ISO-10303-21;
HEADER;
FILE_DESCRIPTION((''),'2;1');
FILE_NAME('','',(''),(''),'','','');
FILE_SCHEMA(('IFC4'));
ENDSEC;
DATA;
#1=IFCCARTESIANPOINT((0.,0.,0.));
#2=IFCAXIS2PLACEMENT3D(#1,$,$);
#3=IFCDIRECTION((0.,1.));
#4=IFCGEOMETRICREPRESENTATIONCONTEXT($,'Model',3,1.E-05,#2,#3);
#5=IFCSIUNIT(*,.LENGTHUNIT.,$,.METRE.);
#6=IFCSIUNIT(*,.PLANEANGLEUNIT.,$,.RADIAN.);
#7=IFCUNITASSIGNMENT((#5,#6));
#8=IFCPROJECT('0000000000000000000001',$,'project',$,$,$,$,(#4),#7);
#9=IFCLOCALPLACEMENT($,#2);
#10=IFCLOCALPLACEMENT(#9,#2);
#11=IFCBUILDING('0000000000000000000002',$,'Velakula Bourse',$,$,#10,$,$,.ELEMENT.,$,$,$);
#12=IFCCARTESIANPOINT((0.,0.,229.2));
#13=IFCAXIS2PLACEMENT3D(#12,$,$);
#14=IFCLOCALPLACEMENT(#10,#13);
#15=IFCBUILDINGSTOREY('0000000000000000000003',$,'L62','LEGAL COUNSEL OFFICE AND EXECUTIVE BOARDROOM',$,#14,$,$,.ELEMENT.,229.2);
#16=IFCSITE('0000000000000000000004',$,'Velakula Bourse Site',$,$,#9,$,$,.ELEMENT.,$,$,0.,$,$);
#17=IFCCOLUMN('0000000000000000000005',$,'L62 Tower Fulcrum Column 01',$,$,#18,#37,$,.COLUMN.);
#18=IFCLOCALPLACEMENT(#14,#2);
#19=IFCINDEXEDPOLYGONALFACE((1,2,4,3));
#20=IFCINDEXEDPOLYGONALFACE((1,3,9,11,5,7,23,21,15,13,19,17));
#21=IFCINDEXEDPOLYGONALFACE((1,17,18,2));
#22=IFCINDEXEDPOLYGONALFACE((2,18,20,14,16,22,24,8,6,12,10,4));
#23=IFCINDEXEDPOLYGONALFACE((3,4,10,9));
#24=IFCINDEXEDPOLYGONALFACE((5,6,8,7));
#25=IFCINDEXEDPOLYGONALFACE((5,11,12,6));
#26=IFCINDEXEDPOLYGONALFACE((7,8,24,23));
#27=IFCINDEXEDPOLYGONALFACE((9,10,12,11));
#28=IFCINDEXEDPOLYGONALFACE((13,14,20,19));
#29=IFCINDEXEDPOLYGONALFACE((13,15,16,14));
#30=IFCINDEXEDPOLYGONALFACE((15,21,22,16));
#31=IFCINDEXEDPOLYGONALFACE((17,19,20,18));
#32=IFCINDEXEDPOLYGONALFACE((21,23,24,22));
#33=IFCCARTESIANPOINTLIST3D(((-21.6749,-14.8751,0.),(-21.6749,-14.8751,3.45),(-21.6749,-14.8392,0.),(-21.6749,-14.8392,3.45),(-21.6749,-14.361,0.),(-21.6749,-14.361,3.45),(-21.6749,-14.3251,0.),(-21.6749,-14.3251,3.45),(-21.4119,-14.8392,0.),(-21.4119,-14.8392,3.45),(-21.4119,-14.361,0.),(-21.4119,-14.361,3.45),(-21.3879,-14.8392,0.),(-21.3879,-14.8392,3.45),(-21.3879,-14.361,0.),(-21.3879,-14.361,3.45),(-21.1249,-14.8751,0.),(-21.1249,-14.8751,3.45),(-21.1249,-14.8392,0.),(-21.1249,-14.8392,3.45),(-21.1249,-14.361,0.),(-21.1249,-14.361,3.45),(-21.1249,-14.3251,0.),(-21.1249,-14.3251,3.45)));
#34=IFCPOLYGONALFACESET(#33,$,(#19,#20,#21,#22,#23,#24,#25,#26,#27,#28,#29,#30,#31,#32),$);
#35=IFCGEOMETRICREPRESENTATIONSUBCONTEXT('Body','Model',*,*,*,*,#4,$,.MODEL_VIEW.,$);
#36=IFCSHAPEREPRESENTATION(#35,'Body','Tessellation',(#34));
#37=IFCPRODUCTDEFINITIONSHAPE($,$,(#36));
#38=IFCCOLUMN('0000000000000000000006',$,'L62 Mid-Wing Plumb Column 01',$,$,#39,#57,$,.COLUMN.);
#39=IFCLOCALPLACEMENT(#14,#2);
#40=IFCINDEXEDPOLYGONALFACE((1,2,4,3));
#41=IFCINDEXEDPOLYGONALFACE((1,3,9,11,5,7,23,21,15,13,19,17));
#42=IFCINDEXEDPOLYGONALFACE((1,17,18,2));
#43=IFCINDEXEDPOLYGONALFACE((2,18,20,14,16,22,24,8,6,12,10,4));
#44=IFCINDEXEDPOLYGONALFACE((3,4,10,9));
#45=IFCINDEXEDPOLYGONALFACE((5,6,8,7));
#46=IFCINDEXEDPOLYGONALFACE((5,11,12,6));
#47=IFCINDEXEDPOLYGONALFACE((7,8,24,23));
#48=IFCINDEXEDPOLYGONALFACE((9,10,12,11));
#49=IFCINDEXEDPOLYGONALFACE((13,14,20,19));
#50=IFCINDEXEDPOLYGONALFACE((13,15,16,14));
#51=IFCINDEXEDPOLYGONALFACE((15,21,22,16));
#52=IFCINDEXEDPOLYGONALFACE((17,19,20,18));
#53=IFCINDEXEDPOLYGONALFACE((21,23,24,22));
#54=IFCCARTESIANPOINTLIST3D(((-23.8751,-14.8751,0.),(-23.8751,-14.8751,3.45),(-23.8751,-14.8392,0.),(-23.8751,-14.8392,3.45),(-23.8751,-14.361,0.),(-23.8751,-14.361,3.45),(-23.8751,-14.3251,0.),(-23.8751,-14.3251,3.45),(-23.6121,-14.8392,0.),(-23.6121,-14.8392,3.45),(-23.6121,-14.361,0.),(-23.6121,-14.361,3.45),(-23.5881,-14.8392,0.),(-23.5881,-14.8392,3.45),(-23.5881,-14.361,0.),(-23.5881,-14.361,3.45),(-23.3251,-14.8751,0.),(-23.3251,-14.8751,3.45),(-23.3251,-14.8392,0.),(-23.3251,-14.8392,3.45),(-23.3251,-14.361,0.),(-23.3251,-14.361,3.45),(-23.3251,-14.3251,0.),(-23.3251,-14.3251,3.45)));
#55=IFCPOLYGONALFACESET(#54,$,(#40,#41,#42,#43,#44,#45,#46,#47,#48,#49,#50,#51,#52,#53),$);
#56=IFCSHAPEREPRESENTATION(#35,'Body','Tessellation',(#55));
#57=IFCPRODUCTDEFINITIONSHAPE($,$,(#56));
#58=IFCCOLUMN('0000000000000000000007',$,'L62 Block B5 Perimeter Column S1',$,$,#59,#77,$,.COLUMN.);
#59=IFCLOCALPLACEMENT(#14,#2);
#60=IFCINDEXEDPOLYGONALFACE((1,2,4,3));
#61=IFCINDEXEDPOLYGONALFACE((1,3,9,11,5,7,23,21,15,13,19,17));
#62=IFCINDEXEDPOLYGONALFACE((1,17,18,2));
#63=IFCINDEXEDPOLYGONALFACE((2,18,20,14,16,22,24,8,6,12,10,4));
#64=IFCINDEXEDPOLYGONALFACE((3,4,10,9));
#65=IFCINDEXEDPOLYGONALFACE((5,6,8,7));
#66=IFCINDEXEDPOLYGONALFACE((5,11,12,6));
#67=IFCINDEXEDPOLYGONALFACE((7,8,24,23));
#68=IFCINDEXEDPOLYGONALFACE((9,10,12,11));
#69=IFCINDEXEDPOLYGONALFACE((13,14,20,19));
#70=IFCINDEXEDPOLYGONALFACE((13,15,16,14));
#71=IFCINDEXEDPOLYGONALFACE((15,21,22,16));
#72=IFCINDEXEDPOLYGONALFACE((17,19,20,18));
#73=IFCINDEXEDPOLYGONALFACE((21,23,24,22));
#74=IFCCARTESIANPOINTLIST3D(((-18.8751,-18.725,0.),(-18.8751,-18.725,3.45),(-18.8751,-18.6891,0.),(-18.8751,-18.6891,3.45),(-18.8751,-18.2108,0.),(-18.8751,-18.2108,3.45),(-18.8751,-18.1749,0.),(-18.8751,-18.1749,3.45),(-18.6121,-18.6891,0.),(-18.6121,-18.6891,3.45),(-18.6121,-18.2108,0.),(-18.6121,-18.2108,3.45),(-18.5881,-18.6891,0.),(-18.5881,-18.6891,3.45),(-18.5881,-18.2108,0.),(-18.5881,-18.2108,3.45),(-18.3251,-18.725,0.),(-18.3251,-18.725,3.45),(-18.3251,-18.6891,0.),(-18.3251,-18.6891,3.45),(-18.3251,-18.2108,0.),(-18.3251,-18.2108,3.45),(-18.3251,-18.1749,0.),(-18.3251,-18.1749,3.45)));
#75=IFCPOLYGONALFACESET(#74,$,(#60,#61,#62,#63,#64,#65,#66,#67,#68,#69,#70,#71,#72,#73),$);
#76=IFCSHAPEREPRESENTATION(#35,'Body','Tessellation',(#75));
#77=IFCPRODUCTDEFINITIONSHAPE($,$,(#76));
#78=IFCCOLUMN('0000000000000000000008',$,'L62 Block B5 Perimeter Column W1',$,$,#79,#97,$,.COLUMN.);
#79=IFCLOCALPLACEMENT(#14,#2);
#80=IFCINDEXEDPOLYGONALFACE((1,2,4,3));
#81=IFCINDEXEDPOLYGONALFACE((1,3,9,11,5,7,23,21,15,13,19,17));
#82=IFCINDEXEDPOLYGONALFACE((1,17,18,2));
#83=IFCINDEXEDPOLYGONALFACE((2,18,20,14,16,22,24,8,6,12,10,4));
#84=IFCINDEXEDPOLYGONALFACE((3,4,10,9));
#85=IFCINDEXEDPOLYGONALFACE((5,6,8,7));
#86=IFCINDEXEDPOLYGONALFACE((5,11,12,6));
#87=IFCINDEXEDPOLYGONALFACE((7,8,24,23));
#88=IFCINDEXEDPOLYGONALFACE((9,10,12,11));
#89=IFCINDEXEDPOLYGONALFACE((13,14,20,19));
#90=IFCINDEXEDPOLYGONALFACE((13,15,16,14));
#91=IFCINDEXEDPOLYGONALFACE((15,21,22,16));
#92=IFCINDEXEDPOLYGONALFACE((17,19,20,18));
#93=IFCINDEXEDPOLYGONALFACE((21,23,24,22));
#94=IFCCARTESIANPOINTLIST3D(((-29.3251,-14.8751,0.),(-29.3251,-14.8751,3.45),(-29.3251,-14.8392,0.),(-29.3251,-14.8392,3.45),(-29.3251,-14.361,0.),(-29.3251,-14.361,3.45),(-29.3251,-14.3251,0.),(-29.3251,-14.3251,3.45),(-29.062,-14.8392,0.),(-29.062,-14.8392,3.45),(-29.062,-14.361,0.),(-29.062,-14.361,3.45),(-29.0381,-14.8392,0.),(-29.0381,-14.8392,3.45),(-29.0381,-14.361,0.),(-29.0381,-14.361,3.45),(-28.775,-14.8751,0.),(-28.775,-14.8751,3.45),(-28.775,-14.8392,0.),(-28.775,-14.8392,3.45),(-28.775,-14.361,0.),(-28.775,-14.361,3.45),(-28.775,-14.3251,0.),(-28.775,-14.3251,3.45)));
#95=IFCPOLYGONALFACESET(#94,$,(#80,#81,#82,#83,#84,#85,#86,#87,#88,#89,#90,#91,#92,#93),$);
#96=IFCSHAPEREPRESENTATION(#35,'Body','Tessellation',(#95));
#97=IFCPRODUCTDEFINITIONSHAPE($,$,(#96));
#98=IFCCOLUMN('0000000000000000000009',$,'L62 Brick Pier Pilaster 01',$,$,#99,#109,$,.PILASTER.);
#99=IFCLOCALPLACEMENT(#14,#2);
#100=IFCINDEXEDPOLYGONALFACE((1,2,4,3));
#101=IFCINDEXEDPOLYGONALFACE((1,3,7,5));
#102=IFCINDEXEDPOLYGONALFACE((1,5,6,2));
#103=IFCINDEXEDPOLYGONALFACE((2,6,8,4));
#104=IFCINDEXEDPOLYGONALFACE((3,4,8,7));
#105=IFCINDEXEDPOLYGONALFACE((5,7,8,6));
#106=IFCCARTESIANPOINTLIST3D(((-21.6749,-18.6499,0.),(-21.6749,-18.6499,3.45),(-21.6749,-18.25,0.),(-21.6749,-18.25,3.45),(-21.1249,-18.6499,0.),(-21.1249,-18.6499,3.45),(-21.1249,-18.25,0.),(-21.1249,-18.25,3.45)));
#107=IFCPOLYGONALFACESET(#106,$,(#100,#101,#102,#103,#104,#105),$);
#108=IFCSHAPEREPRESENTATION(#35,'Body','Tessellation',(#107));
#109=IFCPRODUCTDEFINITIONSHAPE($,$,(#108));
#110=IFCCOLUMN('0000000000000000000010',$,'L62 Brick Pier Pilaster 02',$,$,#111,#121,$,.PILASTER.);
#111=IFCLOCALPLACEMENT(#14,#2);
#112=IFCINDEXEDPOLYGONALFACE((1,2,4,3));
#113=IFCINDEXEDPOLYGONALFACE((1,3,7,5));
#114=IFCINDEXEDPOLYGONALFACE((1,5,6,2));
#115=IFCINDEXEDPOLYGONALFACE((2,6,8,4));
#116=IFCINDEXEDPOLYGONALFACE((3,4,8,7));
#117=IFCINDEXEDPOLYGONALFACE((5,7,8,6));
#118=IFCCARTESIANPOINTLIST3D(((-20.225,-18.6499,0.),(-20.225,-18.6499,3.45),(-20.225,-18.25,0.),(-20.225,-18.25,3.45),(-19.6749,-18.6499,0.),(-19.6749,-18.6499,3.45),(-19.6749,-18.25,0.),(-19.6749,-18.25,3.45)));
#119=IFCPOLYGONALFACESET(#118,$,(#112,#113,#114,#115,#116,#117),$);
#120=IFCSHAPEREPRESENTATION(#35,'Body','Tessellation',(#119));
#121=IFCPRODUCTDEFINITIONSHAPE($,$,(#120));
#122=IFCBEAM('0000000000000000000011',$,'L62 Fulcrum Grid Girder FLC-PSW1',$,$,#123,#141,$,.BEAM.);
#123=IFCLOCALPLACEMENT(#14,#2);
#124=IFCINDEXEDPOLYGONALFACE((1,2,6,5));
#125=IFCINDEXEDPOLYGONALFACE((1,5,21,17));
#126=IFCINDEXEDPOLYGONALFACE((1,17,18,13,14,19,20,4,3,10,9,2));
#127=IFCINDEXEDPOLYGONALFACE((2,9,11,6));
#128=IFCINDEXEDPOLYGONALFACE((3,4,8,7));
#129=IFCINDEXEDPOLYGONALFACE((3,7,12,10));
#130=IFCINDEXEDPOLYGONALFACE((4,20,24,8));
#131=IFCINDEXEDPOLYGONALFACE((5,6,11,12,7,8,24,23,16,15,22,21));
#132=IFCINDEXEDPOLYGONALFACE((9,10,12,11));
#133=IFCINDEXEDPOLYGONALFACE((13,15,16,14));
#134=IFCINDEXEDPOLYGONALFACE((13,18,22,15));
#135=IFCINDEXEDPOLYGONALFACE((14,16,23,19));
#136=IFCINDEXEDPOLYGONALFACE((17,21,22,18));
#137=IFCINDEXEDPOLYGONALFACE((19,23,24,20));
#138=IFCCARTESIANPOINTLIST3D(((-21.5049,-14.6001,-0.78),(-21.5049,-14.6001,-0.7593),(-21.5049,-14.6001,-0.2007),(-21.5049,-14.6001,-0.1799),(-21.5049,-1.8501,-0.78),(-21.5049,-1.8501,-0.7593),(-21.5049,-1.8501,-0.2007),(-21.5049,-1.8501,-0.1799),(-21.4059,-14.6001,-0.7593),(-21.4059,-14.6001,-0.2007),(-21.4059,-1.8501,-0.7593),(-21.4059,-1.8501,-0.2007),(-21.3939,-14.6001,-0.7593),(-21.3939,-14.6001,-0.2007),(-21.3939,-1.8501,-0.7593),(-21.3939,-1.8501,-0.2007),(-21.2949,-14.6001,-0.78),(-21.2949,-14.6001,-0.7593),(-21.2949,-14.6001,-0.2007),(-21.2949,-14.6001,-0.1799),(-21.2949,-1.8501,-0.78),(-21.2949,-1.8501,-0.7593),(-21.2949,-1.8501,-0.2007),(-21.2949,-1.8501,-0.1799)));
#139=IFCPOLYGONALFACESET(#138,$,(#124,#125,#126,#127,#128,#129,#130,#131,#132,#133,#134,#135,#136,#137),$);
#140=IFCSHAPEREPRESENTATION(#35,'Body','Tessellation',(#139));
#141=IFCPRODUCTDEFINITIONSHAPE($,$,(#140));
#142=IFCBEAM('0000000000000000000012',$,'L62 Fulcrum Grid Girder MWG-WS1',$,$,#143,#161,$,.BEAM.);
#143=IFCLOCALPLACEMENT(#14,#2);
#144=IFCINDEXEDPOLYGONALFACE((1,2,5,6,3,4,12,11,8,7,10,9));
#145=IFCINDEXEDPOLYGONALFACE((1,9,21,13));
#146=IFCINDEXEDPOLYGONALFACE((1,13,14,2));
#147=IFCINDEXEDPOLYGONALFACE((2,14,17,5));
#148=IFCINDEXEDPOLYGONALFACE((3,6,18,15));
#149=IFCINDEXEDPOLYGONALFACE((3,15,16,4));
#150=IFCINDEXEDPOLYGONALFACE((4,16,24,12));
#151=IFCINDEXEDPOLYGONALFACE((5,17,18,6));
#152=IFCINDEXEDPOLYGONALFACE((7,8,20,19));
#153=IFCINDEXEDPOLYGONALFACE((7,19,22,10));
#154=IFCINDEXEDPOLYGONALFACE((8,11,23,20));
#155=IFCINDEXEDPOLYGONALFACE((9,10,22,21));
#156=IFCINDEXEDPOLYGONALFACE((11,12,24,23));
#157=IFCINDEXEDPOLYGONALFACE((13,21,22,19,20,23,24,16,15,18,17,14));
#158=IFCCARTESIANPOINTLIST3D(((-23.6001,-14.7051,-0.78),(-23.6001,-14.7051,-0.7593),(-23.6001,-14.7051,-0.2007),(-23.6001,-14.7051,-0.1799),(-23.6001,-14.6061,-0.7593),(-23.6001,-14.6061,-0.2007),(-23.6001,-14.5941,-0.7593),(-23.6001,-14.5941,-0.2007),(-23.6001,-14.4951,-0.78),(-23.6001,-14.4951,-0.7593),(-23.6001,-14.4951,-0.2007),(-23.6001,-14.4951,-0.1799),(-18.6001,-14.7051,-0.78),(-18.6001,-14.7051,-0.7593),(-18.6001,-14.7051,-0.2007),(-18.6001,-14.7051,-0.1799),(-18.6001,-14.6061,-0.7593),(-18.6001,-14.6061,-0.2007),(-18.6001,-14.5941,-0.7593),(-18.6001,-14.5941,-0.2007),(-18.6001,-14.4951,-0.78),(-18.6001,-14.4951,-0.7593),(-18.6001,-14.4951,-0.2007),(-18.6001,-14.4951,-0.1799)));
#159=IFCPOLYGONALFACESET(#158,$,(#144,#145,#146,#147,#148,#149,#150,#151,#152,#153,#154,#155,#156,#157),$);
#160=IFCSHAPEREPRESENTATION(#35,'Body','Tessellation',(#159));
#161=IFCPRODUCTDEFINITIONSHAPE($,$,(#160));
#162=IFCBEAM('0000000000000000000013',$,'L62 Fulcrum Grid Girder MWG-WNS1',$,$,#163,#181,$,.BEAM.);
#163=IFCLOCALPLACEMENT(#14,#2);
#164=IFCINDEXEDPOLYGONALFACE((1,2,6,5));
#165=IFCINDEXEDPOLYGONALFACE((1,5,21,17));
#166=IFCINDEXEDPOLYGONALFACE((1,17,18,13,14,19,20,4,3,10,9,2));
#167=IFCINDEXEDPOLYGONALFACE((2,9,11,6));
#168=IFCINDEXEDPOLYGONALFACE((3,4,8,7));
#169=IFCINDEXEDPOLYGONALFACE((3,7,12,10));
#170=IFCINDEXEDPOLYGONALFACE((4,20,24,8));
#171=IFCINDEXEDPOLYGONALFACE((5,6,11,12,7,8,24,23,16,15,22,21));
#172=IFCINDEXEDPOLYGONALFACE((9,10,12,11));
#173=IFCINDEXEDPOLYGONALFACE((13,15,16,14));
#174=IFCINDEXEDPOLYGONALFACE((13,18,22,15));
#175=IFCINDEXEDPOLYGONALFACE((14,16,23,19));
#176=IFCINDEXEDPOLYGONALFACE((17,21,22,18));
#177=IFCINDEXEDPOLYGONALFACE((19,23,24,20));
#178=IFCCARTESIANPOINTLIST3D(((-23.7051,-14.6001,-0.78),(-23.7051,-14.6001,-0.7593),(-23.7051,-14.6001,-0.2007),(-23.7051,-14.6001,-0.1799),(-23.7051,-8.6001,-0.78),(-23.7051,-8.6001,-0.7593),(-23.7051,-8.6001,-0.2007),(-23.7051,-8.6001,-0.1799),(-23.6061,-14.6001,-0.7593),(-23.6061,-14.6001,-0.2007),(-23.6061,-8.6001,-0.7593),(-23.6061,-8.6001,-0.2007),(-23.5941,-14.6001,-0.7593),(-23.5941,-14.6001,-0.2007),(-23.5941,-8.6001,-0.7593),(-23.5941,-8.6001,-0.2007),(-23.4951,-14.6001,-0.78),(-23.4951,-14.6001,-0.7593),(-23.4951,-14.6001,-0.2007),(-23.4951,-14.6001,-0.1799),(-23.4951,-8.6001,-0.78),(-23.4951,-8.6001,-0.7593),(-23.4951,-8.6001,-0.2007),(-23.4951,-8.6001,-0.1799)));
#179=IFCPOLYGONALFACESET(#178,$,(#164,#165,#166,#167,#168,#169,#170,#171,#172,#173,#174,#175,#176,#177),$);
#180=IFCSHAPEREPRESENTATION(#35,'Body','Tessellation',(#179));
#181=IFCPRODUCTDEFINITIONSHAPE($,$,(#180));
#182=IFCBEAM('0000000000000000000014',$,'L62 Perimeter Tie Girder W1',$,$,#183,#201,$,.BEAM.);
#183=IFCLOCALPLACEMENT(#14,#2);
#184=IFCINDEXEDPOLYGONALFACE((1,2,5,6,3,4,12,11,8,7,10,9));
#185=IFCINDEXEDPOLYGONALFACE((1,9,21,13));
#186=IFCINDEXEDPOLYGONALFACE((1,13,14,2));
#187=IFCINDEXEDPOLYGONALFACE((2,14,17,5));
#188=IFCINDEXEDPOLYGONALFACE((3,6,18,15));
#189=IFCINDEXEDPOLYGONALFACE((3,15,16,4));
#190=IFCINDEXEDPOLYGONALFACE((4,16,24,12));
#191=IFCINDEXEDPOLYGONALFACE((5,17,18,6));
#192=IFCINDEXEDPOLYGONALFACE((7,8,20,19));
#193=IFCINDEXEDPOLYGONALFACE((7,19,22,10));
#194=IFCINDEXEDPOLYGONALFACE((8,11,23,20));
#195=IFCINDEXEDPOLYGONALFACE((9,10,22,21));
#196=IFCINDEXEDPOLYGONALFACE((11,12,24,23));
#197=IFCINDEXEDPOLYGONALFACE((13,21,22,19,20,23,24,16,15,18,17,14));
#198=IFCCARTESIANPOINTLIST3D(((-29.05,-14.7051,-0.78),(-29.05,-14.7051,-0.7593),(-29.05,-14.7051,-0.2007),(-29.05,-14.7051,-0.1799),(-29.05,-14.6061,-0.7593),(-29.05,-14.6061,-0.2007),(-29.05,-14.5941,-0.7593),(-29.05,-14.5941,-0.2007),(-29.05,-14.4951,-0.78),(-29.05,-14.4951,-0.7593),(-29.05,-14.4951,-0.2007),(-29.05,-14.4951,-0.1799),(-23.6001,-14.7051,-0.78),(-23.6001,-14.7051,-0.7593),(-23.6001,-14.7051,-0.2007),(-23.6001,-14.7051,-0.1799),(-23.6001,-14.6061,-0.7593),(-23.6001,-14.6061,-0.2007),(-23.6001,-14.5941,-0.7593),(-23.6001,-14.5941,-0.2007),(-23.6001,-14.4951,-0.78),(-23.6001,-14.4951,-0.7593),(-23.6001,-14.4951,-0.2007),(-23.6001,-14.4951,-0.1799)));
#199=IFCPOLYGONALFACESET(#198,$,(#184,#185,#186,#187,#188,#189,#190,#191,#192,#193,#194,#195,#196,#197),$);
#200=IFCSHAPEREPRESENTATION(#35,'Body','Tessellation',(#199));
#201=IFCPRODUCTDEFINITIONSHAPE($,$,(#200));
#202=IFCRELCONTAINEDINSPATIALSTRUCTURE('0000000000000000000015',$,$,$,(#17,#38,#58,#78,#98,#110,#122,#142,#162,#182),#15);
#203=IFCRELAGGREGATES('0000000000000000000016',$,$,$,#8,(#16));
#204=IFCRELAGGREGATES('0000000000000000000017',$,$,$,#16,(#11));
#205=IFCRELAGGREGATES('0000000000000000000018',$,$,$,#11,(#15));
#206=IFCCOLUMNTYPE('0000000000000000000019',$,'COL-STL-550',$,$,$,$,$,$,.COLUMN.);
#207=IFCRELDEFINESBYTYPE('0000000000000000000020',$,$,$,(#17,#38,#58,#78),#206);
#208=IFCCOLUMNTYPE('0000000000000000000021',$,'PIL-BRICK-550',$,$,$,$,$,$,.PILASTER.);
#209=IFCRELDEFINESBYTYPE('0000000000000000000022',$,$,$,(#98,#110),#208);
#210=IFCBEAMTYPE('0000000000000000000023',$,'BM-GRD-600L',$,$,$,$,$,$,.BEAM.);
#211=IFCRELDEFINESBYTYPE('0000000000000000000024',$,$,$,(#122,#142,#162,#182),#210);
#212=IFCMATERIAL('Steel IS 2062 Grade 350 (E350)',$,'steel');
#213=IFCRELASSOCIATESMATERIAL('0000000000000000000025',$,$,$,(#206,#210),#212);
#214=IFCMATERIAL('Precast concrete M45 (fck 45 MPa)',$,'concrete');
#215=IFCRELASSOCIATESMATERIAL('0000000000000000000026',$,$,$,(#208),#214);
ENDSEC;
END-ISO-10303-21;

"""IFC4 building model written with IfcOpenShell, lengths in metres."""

from ifc_helpers import new_model, si_unit, direction, frame, origin, origin_2d, place, context, subcontext, project, spatial, rectangle, i_section, extrude, material, material_profile, profile_set, type_object, element, save


model = new_model("IFC4")

# Units and contexts
model_context = context("Model", 3, precision=1e-05, world=origin(), true_north=direction((0.0, 1.0)))
body_context = subcontext(model_context, "Body", "Model", "MODEL_VIEW")
ifc_project = project(units=[si_unit("LENGTHUNIT", "METRE"), si_unit("PLANEANGLEUNIT", "RADIAN")], contexts=[model_context])

# Site, building, storey
site_placement = place(None, origin())
site = spatial("IfcSite", under=ifc_project, at=site_placement, Name="Velakula Bourse Site", CompositionType="ELEMENT", RefElevation=0.0)
building_placement = place(site_placement, origin())
building = spatial("IfcBuilding", under=site, at=building_placement, Name="Velakula Bourse", CompositionType="ELEMENT")
storey_placement = place(building_placement, frame((0.0, 0.0, 229.2)))
storey = spatial("IfcBuildingStorey", under=building, at=storey_placement, Name="L62", Description="LEGAL COUNSEL OFFICE AND EXECUTIVE BOARDROOM", CompositionType="ELEMENT", Elevation=229.2)

# Columns
ifc_material_1 = material(Name="Steel IS 2062 Grade 350 (E350)", Category="steel")
ifc_material_profile_1 = material_profile(ifc_material_1, i_section(OverallWidth=0.55, OverallDepth=0.55, WebThickness=0.0239, FlangeThickness=0.0359, at=origin_2d()), Name="Steel IS 2062 Grade 350 (E350)")
ifc_profile_set_1 = profile_set([ifc_material_profile_1], Name="Steel IS 2062 Grade 350 (E350)")
column_type_1 = type_object("IfcColumnType", Name="COL-STL-550", PredefinedType="COLUMN", material=ifc_profile_set_1)
for number, where, z_axis, x_axis, name in (
    (1, (-21.3999, -14.6001, 0.0), (0.0, 0.0, 1.0), (1.0, 0.0, 0.0), "L62 Tower Fulcrum Column 01"),
    (2, (-23.6001, -14.6001, 0.0), (0.0, 0.0, 1.0), (1.0, 0.0, 0.0), "L62 Mid-Wing Plumb Column 01"),
    (3, (-18.6001, -18.45, 0.0), (0.0, 0.0, 1.0), (1.0, 0.0, 0.0), "L62 Block B5 Perimeter Column S1"),
    (4, (-29.05, -14.6001, 0.0), (0.0, 0.0, 1.0), (1.0, 0.0, 0.0), "L62 Block B5 Perimeter Column W1"),
):
    element("IfcColumn", number, at=place(storey_placement, frame(where, z_axis=z_axis, x_axis=x_axis)), inside=storey, type_object=column_type_1, Name=name, PredefinedType="COLUMN", context=body_context, shape_type="SweptSolid", body=[
        extrude(i_section(OverallWidth=0.55, OverallDepth=0.55, WebThickness=0.0239, FlangeThickness=0.0359, at=origin_2d()), origin(), (0.0, 0.0, 1.0), 3.45),
    ])
ifc_material_2 = material(Name="Precast concrete M45 (fck 45 MPa)", Category="concrete")
ifc_material_profile_2 = material_profile(ifc_material_2, rectangle(XDim=0.55, YDim=0.3999, at=origin_2d()), Name="Precast concrete M45 (fck 45 MPa)")
ifc_profile_set_2 = profile_set([ifc_material_profile_2], Name="Precast concrete M45 (fck 45 MPa)")
column_type_2 = type_object("IfcColumnType", Name="PIL-BRICK-550", PredefinedType="PILASTER", material=ifc_profile_set_2)
for number, where, z_axis, x_axis, name in (
    (5, (-21.3999, -18.45, 0.0), (0.0, 0.0, 1.0), (1.0, 0.0, 0.0), "L62 Brick Pier Pilaster 01"),
    (6, (-19.95, -18.45, 0.0), (0.0, 0.0, 1.0), (1.0, 0.0, 0.0), "L62 Brick Pier Pilaster 02"),
):
    element("IfcColumn", number, at=place(storey_placement, frame(where, z_axis=z_axis, x_axis=x_axis)), inside=storey, type_object=column_type_2, Name=name, PredefinedType="PILASTER", context=body_context, shape_type="SweptSolid", body=[
        extrude(rectangle(XDim=0.55, YDim=0.3999, at=origin_2d()), origin(), (0.0, 0.0, 1.0), 3.45),
    ])

# Beams
ifc_material_profile_3 = material_profile(ifc_material_1, i_section(OverallWidth=0.21, OverallDepth=0.6001, WebThickness=0.012, FlangeThickness=0.0208, at=origin_2d()), Name="Steel IS 2062 Grade 350 (E350)")
ifc_profile_set_3 = profile_set([ifc_material_profile_3], Name="Steel IS 2062 Grade 350 (E350)")
beam_type_1 = type_object("IfcBeamType", Name="BM-GRD-600L", PredefinedType="BEAM", material=ifc_profile_set_3)
beam_1_placement = place(storey_placement, frame((-21.3999, -14.6001, -0.48), z_axis=(0.0, 1.0, 0.0), x_axis=(-1.0, 0.0, 0.0)))
element("IfcBeam", 7, at=beam_1_placement, inside=storey, type_object=beam_type_1, Name="L62 Fulcrum Grid Girder FLC-PSW1", PredefinedType="BEAM", context=body_context, shape_type="SweptSolid", body=[
    extrude(i_section(OverallWidth=0.21, OverallDepth=0.6001, WebThickness=0.012, FlangeThickness=0.0208, at=origin_2d()), origin(), (0.0, 0.0, 1.0), 12.75),
])
beam_2_placement = place(storey_placement, frame((-23.6001, -14.6001, -0.48), z_axis=(1.0, 0.0, 0.0), x_axis=(0.0, 1.0, 0.0)))
element("IfcBeam", 8, at=beam_2_placement, inside=storey, type_object=beam_type_1, Name="L62 Fulcrum Grid Girder MWG-WS1", PredefinedType="BEAM", context=body_context, shape_type="SweptSolid", body=[
    extrude(i_section(OverallWidth=0.21, OverallDepth=0.6001, WebThickness=0.012, FlangeThickness=0.0208, at=origin_2d()), origin(), (0.0, 0.0, 1.0), 5.0),
])
beam_3_placement = place(storey_placement, frame((-23.6001, -14.6001, -0.48), z_axis=(0.0, 1.0, 0.0), x_axis=(-1.0, 0.0, 0.0)))
element("IfcBeam", 9, at=beam_3_placement, inside=storey, type_object=beam_type_1, Name="L62 Fulcrum Grid Girder MWG-WNS1", PredefinedType="BEAM", context=body_context, shape_type="SweptSolid", body=[
    extrude(i_section(OverallWidth=0.21, OverallDepth=0.6001, WebThickness=0.012, FlangeThickness=0.0208, at=origin_2d()), origin(), (0.0, 0.0, 1.0), 6.0),
])
beam_4_placement = place(storey_placement, frame((-23.6001, -14.6001, -0.48), z_axis=(-1.0, 0.0, 0.0), x_axis=(0.0, -1.0, 0.0)))
element("IfcBeam", 10, at=beam_4_placement, inside=storey, type_object=beam_type_1, Name="L62 Perimeter Tie Girder W1", PredefinedType="BEAM", context=body_context, shape_type="SweptSolid", body=[
    extrude(i_section(OverallWidth=0.21, OverallDepth=0.6001, WebThickness=0.012, FlangeThickness=0.0208, at=origin_2d()), origin(), (0.0, 0.0, 1.0), 5.45),
])

save(model, "model.ifc")
